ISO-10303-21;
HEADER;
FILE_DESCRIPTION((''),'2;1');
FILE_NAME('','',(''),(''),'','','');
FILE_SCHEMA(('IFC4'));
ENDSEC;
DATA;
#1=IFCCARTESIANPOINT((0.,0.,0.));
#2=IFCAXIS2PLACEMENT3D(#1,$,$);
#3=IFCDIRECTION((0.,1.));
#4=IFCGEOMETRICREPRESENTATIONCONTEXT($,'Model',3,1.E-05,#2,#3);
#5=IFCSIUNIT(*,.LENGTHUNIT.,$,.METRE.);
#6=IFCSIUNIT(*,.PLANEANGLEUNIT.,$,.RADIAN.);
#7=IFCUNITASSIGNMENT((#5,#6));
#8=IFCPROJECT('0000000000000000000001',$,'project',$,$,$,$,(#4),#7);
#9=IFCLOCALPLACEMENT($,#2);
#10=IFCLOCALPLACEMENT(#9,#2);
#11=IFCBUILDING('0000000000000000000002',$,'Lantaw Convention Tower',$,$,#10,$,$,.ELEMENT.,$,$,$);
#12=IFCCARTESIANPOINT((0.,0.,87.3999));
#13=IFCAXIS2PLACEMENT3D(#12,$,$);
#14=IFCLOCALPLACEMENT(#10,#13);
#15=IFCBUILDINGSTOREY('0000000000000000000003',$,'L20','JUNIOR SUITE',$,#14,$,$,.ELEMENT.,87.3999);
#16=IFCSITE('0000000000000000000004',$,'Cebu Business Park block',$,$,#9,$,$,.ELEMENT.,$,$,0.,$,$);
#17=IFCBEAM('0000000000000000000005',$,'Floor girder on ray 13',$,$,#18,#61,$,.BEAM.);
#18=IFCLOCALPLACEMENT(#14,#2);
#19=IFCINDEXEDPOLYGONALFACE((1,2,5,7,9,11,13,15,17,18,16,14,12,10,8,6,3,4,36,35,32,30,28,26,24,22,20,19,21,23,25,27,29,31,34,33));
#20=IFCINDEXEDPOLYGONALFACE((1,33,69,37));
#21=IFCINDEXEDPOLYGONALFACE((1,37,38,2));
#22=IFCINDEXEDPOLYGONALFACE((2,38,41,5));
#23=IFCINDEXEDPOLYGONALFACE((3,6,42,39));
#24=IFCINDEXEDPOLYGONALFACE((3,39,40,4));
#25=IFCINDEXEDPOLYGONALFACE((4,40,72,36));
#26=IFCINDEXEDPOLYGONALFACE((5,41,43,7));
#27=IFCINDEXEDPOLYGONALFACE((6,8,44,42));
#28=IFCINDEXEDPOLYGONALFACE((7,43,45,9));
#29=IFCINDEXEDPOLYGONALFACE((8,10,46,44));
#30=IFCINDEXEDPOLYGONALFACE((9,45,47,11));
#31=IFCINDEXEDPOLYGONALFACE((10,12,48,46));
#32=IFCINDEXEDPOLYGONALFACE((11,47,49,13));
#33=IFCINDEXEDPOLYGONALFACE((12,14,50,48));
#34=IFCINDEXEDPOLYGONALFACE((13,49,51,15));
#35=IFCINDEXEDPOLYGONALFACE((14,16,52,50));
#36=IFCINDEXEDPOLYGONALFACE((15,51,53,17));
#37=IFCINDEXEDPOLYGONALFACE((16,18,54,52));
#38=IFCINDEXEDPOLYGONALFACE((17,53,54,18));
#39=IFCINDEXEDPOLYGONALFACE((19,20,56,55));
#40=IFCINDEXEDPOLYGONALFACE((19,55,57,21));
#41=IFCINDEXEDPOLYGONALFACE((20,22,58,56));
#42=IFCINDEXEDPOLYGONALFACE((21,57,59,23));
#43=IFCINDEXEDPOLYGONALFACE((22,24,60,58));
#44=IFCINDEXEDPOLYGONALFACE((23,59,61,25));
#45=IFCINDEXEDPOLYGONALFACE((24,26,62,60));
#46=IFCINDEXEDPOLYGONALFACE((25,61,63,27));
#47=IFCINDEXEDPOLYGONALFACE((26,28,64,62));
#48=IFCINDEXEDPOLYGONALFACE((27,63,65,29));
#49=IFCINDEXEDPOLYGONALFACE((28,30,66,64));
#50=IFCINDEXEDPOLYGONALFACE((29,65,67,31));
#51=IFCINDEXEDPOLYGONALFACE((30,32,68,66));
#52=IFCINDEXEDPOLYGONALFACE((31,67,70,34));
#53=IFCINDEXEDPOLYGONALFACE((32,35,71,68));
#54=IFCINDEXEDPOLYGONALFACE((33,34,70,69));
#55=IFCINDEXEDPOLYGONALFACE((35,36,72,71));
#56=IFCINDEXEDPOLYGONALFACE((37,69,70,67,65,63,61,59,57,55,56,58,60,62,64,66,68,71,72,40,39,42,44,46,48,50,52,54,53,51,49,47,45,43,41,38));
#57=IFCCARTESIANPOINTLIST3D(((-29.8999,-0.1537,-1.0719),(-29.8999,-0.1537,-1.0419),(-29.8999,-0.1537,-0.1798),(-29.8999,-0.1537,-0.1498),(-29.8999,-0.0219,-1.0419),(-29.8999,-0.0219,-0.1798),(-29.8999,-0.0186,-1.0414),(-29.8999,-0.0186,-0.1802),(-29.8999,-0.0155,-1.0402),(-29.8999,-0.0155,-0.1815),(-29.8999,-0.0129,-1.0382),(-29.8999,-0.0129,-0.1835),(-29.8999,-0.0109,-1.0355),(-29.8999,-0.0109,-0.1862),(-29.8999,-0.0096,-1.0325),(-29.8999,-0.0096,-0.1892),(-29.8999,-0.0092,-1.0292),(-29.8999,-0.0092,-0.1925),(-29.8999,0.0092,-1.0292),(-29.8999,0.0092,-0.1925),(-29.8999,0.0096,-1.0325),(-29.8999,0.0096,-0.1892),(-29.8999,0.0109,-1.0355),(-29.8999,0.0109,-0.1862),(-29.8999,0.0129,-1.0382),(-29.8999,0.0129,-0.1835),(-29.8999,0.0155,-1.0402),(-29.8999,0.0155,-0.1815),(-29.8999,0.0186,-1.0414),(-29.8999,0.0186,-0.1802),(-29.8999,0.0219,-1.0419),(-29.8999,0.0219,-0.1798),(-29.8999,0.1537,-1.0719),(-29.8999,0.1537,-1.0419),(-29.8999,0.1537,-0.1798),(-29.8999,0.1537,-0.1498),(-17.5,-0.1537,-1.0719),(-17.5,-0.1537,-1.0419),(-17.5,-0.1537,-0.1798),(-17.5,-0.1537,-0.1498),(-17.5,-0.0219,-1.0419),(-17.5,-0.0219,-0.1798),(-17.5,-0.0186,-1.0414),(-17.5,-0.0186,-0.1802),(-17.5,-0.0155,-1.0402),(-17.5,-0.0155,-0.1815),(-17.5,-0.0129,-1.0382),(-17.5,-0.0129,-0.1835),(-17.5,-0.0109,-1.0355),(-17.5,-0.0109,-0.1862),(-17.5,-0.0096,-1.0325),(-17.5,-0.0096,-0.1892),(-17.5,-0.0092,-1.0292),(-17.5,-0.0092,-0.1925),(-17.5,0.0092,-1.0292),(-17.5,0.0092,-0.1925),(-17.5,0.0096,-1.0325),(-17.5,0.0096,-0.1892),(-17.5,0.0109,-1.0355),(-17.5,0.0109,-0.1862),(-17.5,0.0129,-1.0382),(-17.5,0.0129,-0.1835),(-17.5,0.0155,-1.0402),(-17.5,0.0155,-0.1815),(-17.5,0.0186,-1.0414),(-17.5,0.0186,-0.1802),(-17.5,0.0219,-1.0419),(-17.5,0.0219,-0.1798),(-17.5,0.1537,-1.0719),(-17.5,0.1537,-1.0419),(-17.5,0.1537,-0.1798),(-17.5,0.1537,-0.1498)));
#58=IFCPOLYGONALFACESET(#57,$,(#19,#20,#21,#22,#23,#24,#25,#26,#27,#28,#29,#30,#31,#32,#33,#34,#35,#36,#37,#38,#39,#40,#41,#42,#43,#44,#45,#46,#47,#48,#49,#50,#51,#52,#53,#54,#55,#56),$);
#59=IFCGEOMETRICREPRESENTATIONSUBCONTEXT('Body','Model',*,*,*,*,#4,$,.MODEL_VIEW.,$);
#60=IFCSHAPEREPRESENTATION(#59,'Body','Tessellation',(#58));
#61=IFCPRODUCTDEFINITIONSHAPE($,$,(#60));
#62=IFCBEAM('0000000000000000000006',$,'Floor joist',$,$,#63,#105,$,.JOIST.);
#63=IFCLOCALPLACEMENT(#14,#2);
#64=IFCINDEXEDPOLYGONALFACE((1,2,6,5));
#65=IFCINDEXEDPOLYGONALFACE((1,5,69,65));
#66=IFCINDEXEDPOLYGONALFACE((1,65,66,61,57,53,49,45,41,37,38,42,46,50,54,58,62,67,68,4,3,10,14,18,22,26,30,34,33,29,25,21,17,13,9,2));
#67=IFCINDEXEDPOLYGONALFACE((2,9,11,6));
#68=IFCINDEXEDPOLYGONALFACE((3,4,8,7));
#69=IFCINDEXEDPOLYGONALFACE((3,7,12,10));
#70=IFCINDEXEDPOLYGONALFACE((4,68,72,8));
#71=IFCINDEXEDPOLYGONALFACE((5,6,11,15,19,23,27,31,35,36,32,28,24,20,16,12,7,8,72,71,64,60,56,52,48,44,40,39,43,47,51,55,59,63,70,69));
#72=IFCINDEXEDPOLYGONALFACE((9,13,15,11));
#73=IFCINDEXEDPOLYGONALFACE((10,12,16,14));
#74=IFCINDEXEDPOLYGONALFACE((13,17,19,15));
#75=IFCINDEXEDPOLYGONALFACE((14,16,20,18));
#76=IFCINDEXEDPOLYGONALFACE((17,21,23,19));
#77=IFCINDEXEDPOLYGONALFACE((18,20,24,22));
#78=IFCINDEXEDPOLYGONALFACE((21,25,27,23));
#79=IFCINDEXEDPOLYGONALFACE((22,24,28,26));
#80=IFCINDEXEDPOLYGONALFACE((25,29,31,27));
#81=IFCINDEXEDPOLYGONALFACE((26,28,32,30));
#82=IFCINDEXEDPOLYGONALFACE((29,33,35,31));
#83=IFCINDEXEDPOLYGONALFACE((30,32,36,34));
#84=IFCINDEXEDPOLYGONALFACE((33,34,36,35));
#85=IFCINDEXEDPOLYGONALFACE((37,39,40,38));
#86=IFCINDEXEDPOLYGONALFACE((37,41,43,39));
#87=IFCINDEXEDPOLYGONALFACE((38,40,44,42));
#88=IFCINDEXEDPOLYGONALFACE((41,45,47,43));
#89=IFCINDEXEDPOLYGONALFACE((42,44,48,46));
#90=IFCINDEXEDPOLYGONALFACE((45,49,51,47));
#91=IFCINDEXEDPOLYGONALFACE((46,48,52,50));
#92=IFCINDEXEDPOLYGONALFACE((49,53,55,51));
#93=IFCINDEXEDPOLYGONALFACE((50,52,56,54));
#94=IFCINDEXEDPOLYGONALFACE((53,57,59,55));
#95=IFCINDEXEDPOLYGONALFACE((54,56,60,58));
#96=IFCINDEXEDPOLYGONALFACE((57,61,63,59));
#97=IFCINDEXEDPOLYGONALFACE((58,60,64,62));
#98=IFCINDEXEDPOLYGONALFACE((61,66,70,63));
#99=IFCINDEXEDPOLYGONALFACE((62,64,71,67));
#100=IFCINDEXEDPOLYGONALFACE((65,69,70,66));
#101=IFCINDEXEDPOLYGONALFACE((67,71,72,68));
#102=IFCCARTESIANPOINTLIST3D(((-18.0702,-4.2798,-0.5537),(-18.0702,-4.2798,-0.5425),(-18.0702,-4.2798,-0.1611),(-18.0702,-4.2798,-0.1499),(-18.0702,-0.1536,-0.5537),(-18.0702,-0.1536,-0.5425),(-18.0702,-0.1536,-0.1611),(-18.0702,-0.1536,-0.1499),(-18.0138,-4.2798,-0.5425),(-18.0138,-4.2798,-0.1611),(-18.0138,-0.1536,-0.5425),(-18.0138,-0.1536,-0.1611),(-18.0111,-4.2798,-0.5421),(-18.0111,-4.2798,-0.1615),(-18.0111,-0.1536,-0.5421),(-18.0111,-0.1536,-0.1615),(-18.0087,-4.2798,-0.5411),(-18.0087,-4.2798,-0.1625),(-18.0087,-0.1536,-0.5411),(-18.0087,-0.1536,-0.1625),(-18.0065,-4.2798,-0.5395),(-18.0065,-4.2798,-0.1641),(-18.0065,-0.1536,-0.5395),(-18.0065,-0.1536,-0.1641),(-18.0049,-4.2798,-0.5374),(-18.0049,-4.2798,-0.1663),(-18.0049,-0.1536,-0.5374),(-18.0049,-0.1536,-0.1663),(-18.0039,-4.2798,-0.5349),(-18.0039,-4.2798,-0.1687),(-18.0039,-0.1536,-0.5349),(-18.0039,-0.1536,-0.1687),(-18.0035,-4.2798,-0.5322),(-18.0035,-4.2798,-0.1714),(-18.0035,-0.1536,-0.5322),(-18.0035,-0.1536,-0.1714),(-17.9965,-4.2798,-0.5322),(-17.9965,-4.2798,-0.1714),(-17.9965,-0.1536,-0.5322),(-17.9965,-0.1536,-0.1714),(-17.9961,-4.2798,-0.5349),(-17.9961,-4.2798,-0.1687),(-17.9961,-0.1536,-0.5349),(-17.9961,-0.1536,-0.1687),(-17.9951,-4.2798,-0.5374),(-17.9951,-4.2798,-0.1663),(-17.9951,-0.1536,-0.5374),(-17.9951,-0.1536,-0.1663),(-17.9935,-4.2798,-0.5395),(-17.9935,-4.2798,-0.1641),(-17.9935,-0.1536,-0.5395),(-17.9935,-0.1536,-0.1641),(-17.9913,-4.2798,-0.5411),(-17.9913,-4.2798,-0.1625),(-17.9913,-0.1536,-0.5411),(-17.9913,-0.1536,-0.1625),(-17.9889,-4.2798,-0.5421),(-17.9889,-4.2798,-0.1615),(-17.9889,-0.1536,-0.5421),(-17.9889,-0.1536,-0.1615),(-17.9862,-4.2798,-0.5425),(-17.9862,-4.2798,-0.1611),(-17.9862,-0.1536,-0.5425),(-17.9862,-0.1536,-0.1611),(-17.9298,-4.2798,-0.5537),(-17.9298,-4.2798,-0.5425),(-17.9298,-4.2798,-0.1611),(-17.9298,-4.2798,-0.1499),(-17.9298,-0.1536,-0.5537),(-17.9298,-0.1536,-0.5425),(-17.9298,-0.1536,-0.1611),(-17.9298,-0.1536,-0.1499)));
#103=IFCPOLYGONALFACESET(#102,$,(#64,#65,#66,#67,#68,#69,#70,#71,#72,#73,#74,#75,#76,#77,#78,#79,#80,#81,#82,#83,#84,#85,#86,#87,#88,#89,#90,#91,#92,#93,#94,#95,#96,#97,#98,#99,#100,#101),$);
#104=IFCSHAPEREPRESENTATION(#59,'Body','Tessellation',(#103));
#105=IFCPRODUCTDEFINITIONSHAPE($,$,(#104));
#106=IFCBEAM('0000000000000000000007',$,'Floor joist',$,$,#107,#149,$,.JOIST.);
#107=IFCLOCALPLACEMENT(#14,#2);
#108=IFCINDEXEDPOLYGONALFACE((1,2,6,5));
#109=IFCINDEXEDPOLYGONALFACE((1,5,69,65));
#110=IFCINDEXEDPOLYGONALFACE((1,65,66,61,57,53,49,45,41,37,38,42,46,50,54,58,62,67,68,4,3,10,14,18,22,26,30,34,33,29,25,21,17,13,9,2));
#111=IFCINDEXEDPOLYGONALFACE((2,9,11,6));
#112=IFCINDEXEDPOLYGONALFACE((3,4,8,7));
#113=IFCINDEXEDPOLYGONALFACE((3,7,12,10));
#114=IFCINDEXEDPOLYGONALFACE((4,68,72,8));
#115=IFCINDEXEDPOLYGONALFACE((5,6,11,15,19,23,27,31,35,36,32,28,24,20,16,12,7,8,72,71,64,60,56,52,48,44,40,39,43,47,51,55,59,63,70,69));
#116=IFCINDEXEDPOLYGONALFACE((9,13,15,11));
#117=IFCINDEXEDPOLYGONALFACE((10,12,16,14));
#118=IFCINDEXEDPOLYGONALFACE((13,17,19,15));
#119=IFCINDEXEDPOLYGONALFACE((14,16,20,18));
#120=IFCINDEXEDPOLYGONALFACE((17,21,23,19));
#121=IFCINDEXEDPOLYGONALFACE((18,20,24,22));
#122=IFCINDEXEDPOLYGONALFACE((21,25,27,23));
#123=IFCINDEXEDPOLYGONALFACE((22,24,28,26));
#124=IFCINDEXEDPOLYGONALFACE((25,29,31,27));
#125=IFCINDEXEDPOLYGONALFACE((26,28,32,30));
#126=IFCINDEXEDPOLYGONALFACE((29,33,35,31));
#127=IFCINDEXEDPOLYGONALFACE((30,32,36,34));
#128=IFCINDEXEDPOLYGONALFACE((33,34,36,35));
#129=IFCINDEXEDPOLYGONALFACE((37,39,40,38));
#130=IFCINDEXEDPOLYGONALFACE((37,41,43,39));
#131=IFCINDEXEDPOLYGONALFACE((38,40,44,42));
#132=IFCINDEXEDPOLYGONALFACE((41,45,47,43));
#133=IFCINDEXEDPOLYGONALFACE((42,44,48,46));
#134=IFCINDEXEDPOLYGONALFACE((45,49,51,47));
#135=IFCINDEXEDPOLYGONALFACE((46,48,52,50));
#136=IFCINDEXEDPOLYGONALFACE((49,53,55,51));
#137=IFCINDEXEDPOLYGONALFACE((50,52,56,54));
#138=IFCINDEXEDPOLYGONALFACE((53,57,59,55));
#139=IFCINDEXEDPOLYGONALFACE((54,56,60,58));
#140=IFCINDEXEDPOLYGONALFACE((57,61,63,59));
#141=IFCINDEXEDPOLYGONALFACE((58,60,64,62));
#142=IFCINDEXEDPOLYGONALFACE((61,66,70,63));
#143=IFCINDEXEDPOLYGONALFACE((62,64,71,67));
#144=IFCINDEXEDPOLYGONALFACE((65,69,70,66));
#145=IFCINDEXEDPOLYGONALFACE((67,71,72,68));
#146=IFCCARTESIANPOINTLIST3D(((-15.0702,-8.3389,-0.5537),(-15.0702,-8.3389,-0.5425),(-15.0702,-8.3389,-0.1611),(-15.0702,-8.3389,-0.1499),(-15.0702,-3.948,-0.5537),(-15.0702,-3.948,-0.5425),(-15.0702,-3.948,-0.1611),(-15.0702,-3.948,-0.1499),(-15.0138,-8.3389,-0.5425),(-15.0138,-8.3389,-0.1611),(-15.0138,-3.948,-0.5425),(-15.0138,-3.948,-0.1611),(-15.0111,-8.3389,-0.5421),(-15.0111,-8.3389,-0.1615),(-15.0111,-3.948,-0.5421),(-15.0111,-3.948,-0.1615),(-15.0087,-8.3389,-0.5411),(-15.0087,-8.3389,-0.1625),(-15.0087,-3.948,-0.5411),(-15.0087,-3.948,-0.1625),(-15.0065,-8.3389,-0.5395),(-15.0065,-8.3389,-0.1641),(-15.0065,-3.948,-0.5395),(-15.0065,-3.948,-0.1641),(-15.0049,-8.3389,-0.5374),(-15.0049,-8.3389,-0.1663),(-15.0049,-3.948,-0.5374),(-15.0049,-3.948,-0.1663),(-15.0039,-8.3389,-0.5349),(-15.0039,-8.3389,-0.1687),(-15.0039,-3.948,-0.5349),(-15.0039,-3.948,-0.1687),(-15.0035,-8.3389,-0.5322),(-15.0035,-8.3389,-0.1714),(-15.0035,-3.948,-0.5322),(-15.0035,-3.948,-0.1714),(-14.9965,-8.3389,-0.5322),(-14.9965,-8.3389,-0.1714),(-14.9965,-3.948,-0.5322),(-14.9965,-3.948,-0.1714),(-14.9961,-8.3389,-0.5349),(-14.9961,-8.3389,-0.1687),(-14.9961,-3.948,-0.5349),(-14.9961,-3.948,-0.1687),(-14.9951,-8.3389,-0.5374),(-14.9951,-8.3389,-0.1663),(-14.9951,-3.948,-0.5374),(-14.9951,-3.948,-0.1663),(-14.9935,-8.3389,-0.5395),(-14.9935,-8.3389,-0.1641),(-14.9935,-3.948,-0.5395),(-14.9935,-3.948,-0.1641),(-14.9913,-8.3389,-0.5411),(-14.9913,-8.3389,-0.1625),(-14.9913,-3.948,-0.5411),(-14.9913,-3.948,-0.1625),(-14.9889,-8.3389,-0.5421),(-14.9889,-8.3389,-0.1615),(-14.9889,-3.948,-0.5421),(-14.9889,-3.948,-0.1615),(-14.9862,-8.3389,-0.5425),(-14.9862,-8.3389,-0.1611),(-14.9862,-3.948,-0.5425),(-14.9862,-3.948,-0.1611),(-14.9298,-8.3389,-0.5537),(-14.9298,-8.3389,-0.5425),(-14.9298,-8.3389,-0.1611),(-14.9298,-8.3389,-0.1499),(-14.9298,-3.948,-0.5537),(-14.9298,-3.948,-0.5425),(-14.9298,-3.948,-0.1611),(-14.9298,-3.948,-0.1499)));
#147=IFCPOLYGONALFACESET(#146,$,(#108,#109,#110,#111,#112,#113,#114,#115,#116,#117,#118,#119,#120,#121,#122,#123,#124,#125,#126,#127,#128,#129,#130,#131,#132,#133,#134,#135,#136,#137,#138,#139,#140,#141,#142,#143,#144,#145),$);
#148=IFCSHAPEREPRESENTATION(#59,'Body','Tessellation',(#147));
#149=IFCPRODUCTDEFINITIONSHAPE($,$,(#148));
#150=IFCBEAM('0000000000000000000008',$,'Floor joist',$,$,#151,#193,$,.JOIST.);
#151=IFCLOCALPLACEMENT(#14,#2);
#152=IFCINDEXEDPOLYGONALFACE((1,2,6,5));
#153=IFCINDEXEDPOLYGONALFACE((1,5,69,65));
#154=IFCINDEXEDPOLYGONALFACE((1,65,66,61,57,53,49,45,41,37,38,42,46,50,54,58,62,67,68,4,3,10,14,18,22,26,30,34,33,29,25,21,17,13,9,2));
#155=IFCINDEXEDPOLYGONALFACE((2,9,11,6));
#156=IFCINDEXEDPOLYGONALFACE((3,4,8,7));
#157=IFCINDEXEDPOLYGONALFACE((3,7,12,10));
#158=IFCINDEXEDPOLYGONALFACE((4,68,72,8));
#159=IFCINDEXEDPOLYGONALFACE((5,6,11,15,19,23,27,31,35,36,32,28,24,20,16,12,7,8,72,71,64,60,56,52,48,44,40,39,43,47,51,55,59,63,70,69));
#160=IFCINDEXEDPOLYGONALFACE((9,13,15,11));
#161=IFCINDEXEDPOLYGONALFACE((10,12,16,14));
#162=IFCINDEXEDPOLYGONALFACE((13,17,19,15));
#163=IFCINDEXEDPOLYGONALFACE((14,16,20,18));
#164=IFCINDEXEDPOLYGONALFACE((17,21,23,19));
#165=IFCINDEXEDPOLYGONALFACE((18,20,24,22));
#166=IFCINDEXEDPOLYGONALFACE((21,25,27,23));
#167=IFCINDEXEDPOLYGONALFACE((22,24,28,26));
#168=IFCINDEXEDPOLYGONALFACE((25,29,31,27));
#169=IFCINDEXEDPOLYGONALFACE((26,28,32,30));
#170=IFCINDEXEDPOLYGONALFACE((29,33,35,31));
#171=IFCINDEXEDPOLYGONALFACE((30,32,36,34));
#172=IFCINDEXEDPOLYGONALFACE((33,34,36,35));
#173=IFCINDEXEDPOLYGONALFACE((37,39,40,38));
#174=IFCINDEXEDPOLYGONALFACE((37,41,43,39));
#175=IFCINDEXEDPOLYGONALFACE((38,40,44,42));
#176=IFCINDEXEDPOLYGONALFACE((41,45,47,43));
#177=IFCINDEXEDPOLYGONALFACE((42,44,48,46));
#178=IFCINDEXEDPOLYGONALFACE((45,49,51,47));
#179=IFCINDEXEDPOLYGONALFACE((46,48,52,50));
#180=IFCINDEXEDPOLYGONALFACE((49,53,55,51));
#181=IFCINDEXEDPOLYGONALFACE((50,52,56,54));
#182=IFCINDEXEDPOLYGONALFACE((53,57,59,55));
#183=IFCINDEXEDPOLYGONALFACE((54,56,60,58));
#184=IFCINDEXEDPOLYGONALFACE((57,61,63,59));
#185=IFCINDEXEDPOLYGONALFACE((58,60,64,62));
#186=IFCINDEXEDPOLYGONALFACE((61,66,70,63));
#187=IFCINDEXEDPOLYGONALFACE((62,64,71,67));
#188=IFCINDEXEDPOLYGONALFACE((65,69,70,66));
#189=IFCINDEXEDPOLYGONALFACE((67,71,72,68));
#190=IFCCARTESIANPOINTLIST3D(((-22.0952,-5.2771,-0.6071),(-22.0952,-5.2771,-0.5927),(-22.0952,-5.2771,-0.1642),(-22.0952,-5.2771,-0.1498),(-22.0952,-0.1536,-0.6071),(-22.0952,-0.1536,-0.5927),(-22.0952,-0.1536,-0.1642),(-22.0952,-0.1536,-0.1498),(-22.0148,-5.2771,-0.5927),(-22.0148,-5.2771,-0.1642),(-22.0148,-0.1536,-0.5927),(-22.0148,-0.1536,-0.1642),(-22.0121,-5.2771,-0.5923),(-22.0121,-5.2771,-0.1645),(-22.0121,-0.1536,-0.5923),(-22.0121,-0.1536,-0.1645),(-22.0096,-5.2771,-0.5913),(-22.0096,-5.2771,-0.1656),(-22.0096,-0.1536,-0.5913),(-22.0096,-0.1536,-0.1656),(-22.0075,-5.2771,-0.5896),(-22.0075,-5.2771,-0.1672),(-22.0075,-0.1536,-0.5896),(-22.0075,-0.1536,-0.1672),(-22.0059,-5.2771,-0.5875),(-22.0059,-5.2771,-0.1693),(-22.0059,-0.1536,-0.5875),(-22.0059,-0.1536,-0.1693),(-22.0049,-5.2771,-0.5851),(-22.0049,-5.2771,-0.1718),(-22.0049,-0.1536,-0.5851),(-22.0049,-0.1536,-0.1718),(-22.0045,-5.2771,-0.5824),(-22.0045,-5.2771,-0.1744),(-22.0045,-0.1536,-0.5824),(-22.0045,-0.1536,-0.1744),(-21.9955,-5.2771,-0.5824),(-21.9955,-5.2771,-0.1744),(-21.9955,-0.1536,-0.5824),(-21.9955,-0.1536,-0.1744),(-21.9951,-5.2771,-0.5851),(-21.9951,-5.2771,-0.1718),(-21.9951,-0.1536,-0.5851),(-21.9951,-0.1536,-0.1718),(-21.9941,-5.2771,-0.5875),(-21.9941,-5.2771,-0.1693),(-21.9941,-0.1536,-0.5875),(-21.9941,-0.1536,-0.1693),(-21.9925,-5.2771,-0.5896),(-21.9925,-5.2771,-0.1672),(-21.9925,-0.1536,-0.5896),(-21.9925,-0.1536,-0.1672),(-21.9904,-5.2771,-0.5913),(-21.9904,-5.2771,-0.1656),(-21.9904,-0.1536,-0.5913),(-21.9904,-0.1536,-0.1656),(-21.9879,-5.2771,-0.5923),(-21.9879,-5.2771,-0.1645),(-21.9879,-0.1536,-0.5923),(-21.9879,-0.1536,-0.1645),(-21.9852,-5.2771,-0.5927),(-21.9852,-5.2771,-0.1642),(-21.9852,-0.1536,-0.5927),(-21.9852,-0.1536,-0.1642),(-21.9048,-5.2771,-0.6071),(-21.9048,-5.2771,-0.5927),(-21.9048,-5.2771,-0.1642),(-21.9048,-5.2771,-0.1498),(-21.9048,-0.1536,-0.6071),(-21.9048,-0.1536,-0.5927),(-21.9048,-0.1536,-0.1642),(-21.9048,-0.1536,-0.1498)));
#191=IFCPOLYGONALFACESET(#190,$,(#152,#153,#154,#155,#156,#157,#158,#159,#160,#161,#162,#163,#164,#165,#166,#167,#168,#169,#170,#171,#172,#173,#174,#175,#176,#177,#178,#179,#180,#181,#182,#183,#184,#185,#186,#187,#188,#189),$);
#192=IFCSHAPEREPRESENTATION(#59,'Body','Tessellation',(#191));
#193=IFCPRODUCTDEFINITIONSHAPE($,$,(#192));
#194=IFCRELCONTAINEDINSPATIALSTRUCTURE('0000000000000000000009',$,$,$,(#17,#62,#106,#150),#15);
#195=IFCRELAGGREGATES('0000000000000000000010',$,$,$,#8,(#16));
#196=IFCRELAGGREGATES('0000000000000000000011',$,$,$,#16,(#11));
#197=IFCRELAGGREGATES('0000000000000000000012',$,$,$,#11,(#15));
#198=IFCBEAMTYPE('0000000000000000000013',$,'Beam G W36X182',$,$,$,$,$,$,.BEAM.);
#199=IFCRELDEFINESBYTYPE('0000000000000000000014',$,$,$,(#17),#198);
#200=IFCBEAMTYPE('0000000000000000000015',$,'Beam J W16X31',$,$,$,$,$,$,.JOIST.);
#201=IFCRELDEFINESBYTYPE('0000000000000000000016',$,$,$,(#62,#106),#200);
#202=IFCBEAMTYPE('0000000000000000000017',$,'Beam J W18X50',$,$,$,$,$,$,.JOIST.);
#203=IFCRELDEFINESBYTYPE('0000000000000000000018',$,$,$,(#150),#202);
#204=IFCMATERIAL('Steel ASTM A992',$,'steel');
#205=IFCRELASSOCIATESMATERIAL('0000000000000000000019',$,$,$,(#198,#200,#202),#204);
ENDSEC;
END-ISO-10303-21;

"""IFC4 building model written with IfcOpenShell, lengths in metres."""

from ifc_helpers import new_model, si_unit, direction, frame, origin, origin_2d, place, context, subcontext, project, spatial, i_section, extrude, material, material_profile, profile_set, type_object, element, save


model = new_model("IFC4")

# Units and contexts
model_context = context("Model", 3, precision=1e-05, world=origin(), true_north=direction((0.0, 1.0)))
body_context = subcontext(model_context, "Body", "Model", "MODEL_VIEW")
ifc_project = project(units=[si_unit("LENGTHUNIT", "METRE"), si_unit("PLANEANGLEUNIT", "RADIAN")], contexts=[model_context])

# Site, building, storey
site_placement = place(None, origin())
site = spatial("IfcSite", under=ifc_project, at=site_placement, Name="Cebu Business Park block", CompositionType="ELEMENT", RefElevation=0.0)
building_placement = place(site_placement, origin())
building = spatial("IfcBuilding", under=site, at=building_placement, Name="Lantaw Convention Tower", CompositionType="ELEMENT")
storey_placement = place(building_placement, frame((0.0, 0.0, 87.3999)))
storey = spatial("IfcBuildingStorey", under=building, at=storey_placement, Name="L20", Description="JUNIOR SUITE", CompositionType="ELEMENT", Elevation=87.3999)

# Beams
ifc_material_1 = material(Name="Steel ASTM A992", Category="steel")
ifc_material_profile_1 = material_profile(ifc_material_1, i_section(OverallWidth=0.3074, OverallDepth=0.9221, WebThickness=0.0183, FlangeThickness=0.03, FilletRadius=0.0127, at=origin_2d()), Name="W36X182")
ifc_profile_set_1 = profile_set([ifc_material_profile_1], Name="Steel ASTM A992")
beam_type_1 = type_object("IfcBeamType", Name="Beam G W36X182", PredefinedType="BEAM", material=ifc_profile_set_1)
beam_1_placement = place(storey_placement, frame((-17.5, 0.0, -0.6108), z_axis=(-1.0, 0.0, 0.0), x_axis=(0.0, -1.0, 0.0)))
element("IfcBeam", 1, at=beam_1_placement, inside=storey, type_object=beam_type_1, Name="Floor girder on ray 13", PredefinedType="BEAM", context=body_context, shape_type="SweptSolid", body=[
    extrude(i_section(OverallWidth=0.3074, OverallDepth=0.9221, WebThickness=0.0183, FlangeThickness=0.03, FilletRadius=0.0127, at=origin_2d()), origin(), (0.0, 0.0, 1.0), 12.3999),
])
ifc_material_profile_2 = material_profile(ifc_material_1, i_section(OverallWidth=0.1404, OverallDepth=0.4038, WebThickness=0.0071, FlangeThickness=0.0112, FilletRadius=0.0103, at=origin_2d()), Name="W16X31")
ifc_profile_set_2 = profile_set([ifc_material_profile_2], Name="Steel ASTM A992")
beam_type_2 = type_object("IfcBeamType", Name="Beam J W16X31", PredefinedType="JOIST", material=ifc_profile_set_2)
beam_2_placement = place(storey_placement, frame((-18.0, -4.2798, -0.3518), z_axis=(0.0, 1.0, 0.0), x_axis=(-1.0, 0.0, 0.0)))
element("IfcBeam", 2, at=beam_2_placement, inside=storey, type_object=beam_type_2, Name="Floor joist", PredefinedType="JOIST", context=body_context, shape_type="SweptSolid", body=[
    extrude(i_section(OverallWidth=0.1404, OverallDepth=0.4038, WebThickness=0.0071, FlangeThickness=0.0112, FilletRadius=0.0103, at=origin_2d()), origin(), (0.0, 0.0, 1.0), 4.1262),
])
beam_3_placement = place(storey_placement, frame((-15.0, -8.3389, -0.3518), z_axis=(0.0, 1.0, 0.0), x_axis=(-1.0, 0.0, 0.0)))
element("IfcBeam", 3, at=beam_3_placement, inside=storey, type_object=beam_type_2, Name="Floor joist", PredefinedType="JOIST", context=body_context, shape_type="SweptSolid", body=[
    extrude(i_section(OverallWidth=0.1404, OverallDepth=0.4038, WebThickness=0.0071, FlangeThickness=0.0112, FilletRadius=0.0103, at=origin_2d()), origin(), (0.0, 0.0, 1.0), 4.3909),
])
ifc_material_profile_3 = material_profile(ifc_material_1, i_section(OverallWidth=0.1904, OverallDepth=0.4573, WebThickness=0.009, FlangeThickness=0.0144, FilletRadius=0.0103, at=origin_2d()), Name="W18X50")
ifc_profile_set_3 = profile_set([ifc_material_profile_3], Name="Steel ASTM A992")
beam_type_3 = type_object("IfcBeamType", Name="Beam J W18X50", PredefinedType="JOIST", material=ifc_profile_set_3)
beam_4_placement = place(storey_placement, frame((-22.0, -5.2771, -0.3784), z_axis=(0.0, 1.0, 0.0), x_axis=(-1.0, 0.0, 0.0)))
element("IfcBeam", 4, at=beam_4_placement, inside=storey, type_object=beam_type_3, Name="Floor joist", PredefinedType="JOIST", context=body_context, shape_type="SweptSolid", body=[
    extrude(i_section(OverallWidth=0.1904, OverallDepth=0.4573, WebThickness=0.009, FlangeThickness=0.0144, FilletRadius=0.0103, at=origin_2d()), origin(), (0.0, 0.0, 1.0), 5.1235),
])

save(model, "model.ifc")
